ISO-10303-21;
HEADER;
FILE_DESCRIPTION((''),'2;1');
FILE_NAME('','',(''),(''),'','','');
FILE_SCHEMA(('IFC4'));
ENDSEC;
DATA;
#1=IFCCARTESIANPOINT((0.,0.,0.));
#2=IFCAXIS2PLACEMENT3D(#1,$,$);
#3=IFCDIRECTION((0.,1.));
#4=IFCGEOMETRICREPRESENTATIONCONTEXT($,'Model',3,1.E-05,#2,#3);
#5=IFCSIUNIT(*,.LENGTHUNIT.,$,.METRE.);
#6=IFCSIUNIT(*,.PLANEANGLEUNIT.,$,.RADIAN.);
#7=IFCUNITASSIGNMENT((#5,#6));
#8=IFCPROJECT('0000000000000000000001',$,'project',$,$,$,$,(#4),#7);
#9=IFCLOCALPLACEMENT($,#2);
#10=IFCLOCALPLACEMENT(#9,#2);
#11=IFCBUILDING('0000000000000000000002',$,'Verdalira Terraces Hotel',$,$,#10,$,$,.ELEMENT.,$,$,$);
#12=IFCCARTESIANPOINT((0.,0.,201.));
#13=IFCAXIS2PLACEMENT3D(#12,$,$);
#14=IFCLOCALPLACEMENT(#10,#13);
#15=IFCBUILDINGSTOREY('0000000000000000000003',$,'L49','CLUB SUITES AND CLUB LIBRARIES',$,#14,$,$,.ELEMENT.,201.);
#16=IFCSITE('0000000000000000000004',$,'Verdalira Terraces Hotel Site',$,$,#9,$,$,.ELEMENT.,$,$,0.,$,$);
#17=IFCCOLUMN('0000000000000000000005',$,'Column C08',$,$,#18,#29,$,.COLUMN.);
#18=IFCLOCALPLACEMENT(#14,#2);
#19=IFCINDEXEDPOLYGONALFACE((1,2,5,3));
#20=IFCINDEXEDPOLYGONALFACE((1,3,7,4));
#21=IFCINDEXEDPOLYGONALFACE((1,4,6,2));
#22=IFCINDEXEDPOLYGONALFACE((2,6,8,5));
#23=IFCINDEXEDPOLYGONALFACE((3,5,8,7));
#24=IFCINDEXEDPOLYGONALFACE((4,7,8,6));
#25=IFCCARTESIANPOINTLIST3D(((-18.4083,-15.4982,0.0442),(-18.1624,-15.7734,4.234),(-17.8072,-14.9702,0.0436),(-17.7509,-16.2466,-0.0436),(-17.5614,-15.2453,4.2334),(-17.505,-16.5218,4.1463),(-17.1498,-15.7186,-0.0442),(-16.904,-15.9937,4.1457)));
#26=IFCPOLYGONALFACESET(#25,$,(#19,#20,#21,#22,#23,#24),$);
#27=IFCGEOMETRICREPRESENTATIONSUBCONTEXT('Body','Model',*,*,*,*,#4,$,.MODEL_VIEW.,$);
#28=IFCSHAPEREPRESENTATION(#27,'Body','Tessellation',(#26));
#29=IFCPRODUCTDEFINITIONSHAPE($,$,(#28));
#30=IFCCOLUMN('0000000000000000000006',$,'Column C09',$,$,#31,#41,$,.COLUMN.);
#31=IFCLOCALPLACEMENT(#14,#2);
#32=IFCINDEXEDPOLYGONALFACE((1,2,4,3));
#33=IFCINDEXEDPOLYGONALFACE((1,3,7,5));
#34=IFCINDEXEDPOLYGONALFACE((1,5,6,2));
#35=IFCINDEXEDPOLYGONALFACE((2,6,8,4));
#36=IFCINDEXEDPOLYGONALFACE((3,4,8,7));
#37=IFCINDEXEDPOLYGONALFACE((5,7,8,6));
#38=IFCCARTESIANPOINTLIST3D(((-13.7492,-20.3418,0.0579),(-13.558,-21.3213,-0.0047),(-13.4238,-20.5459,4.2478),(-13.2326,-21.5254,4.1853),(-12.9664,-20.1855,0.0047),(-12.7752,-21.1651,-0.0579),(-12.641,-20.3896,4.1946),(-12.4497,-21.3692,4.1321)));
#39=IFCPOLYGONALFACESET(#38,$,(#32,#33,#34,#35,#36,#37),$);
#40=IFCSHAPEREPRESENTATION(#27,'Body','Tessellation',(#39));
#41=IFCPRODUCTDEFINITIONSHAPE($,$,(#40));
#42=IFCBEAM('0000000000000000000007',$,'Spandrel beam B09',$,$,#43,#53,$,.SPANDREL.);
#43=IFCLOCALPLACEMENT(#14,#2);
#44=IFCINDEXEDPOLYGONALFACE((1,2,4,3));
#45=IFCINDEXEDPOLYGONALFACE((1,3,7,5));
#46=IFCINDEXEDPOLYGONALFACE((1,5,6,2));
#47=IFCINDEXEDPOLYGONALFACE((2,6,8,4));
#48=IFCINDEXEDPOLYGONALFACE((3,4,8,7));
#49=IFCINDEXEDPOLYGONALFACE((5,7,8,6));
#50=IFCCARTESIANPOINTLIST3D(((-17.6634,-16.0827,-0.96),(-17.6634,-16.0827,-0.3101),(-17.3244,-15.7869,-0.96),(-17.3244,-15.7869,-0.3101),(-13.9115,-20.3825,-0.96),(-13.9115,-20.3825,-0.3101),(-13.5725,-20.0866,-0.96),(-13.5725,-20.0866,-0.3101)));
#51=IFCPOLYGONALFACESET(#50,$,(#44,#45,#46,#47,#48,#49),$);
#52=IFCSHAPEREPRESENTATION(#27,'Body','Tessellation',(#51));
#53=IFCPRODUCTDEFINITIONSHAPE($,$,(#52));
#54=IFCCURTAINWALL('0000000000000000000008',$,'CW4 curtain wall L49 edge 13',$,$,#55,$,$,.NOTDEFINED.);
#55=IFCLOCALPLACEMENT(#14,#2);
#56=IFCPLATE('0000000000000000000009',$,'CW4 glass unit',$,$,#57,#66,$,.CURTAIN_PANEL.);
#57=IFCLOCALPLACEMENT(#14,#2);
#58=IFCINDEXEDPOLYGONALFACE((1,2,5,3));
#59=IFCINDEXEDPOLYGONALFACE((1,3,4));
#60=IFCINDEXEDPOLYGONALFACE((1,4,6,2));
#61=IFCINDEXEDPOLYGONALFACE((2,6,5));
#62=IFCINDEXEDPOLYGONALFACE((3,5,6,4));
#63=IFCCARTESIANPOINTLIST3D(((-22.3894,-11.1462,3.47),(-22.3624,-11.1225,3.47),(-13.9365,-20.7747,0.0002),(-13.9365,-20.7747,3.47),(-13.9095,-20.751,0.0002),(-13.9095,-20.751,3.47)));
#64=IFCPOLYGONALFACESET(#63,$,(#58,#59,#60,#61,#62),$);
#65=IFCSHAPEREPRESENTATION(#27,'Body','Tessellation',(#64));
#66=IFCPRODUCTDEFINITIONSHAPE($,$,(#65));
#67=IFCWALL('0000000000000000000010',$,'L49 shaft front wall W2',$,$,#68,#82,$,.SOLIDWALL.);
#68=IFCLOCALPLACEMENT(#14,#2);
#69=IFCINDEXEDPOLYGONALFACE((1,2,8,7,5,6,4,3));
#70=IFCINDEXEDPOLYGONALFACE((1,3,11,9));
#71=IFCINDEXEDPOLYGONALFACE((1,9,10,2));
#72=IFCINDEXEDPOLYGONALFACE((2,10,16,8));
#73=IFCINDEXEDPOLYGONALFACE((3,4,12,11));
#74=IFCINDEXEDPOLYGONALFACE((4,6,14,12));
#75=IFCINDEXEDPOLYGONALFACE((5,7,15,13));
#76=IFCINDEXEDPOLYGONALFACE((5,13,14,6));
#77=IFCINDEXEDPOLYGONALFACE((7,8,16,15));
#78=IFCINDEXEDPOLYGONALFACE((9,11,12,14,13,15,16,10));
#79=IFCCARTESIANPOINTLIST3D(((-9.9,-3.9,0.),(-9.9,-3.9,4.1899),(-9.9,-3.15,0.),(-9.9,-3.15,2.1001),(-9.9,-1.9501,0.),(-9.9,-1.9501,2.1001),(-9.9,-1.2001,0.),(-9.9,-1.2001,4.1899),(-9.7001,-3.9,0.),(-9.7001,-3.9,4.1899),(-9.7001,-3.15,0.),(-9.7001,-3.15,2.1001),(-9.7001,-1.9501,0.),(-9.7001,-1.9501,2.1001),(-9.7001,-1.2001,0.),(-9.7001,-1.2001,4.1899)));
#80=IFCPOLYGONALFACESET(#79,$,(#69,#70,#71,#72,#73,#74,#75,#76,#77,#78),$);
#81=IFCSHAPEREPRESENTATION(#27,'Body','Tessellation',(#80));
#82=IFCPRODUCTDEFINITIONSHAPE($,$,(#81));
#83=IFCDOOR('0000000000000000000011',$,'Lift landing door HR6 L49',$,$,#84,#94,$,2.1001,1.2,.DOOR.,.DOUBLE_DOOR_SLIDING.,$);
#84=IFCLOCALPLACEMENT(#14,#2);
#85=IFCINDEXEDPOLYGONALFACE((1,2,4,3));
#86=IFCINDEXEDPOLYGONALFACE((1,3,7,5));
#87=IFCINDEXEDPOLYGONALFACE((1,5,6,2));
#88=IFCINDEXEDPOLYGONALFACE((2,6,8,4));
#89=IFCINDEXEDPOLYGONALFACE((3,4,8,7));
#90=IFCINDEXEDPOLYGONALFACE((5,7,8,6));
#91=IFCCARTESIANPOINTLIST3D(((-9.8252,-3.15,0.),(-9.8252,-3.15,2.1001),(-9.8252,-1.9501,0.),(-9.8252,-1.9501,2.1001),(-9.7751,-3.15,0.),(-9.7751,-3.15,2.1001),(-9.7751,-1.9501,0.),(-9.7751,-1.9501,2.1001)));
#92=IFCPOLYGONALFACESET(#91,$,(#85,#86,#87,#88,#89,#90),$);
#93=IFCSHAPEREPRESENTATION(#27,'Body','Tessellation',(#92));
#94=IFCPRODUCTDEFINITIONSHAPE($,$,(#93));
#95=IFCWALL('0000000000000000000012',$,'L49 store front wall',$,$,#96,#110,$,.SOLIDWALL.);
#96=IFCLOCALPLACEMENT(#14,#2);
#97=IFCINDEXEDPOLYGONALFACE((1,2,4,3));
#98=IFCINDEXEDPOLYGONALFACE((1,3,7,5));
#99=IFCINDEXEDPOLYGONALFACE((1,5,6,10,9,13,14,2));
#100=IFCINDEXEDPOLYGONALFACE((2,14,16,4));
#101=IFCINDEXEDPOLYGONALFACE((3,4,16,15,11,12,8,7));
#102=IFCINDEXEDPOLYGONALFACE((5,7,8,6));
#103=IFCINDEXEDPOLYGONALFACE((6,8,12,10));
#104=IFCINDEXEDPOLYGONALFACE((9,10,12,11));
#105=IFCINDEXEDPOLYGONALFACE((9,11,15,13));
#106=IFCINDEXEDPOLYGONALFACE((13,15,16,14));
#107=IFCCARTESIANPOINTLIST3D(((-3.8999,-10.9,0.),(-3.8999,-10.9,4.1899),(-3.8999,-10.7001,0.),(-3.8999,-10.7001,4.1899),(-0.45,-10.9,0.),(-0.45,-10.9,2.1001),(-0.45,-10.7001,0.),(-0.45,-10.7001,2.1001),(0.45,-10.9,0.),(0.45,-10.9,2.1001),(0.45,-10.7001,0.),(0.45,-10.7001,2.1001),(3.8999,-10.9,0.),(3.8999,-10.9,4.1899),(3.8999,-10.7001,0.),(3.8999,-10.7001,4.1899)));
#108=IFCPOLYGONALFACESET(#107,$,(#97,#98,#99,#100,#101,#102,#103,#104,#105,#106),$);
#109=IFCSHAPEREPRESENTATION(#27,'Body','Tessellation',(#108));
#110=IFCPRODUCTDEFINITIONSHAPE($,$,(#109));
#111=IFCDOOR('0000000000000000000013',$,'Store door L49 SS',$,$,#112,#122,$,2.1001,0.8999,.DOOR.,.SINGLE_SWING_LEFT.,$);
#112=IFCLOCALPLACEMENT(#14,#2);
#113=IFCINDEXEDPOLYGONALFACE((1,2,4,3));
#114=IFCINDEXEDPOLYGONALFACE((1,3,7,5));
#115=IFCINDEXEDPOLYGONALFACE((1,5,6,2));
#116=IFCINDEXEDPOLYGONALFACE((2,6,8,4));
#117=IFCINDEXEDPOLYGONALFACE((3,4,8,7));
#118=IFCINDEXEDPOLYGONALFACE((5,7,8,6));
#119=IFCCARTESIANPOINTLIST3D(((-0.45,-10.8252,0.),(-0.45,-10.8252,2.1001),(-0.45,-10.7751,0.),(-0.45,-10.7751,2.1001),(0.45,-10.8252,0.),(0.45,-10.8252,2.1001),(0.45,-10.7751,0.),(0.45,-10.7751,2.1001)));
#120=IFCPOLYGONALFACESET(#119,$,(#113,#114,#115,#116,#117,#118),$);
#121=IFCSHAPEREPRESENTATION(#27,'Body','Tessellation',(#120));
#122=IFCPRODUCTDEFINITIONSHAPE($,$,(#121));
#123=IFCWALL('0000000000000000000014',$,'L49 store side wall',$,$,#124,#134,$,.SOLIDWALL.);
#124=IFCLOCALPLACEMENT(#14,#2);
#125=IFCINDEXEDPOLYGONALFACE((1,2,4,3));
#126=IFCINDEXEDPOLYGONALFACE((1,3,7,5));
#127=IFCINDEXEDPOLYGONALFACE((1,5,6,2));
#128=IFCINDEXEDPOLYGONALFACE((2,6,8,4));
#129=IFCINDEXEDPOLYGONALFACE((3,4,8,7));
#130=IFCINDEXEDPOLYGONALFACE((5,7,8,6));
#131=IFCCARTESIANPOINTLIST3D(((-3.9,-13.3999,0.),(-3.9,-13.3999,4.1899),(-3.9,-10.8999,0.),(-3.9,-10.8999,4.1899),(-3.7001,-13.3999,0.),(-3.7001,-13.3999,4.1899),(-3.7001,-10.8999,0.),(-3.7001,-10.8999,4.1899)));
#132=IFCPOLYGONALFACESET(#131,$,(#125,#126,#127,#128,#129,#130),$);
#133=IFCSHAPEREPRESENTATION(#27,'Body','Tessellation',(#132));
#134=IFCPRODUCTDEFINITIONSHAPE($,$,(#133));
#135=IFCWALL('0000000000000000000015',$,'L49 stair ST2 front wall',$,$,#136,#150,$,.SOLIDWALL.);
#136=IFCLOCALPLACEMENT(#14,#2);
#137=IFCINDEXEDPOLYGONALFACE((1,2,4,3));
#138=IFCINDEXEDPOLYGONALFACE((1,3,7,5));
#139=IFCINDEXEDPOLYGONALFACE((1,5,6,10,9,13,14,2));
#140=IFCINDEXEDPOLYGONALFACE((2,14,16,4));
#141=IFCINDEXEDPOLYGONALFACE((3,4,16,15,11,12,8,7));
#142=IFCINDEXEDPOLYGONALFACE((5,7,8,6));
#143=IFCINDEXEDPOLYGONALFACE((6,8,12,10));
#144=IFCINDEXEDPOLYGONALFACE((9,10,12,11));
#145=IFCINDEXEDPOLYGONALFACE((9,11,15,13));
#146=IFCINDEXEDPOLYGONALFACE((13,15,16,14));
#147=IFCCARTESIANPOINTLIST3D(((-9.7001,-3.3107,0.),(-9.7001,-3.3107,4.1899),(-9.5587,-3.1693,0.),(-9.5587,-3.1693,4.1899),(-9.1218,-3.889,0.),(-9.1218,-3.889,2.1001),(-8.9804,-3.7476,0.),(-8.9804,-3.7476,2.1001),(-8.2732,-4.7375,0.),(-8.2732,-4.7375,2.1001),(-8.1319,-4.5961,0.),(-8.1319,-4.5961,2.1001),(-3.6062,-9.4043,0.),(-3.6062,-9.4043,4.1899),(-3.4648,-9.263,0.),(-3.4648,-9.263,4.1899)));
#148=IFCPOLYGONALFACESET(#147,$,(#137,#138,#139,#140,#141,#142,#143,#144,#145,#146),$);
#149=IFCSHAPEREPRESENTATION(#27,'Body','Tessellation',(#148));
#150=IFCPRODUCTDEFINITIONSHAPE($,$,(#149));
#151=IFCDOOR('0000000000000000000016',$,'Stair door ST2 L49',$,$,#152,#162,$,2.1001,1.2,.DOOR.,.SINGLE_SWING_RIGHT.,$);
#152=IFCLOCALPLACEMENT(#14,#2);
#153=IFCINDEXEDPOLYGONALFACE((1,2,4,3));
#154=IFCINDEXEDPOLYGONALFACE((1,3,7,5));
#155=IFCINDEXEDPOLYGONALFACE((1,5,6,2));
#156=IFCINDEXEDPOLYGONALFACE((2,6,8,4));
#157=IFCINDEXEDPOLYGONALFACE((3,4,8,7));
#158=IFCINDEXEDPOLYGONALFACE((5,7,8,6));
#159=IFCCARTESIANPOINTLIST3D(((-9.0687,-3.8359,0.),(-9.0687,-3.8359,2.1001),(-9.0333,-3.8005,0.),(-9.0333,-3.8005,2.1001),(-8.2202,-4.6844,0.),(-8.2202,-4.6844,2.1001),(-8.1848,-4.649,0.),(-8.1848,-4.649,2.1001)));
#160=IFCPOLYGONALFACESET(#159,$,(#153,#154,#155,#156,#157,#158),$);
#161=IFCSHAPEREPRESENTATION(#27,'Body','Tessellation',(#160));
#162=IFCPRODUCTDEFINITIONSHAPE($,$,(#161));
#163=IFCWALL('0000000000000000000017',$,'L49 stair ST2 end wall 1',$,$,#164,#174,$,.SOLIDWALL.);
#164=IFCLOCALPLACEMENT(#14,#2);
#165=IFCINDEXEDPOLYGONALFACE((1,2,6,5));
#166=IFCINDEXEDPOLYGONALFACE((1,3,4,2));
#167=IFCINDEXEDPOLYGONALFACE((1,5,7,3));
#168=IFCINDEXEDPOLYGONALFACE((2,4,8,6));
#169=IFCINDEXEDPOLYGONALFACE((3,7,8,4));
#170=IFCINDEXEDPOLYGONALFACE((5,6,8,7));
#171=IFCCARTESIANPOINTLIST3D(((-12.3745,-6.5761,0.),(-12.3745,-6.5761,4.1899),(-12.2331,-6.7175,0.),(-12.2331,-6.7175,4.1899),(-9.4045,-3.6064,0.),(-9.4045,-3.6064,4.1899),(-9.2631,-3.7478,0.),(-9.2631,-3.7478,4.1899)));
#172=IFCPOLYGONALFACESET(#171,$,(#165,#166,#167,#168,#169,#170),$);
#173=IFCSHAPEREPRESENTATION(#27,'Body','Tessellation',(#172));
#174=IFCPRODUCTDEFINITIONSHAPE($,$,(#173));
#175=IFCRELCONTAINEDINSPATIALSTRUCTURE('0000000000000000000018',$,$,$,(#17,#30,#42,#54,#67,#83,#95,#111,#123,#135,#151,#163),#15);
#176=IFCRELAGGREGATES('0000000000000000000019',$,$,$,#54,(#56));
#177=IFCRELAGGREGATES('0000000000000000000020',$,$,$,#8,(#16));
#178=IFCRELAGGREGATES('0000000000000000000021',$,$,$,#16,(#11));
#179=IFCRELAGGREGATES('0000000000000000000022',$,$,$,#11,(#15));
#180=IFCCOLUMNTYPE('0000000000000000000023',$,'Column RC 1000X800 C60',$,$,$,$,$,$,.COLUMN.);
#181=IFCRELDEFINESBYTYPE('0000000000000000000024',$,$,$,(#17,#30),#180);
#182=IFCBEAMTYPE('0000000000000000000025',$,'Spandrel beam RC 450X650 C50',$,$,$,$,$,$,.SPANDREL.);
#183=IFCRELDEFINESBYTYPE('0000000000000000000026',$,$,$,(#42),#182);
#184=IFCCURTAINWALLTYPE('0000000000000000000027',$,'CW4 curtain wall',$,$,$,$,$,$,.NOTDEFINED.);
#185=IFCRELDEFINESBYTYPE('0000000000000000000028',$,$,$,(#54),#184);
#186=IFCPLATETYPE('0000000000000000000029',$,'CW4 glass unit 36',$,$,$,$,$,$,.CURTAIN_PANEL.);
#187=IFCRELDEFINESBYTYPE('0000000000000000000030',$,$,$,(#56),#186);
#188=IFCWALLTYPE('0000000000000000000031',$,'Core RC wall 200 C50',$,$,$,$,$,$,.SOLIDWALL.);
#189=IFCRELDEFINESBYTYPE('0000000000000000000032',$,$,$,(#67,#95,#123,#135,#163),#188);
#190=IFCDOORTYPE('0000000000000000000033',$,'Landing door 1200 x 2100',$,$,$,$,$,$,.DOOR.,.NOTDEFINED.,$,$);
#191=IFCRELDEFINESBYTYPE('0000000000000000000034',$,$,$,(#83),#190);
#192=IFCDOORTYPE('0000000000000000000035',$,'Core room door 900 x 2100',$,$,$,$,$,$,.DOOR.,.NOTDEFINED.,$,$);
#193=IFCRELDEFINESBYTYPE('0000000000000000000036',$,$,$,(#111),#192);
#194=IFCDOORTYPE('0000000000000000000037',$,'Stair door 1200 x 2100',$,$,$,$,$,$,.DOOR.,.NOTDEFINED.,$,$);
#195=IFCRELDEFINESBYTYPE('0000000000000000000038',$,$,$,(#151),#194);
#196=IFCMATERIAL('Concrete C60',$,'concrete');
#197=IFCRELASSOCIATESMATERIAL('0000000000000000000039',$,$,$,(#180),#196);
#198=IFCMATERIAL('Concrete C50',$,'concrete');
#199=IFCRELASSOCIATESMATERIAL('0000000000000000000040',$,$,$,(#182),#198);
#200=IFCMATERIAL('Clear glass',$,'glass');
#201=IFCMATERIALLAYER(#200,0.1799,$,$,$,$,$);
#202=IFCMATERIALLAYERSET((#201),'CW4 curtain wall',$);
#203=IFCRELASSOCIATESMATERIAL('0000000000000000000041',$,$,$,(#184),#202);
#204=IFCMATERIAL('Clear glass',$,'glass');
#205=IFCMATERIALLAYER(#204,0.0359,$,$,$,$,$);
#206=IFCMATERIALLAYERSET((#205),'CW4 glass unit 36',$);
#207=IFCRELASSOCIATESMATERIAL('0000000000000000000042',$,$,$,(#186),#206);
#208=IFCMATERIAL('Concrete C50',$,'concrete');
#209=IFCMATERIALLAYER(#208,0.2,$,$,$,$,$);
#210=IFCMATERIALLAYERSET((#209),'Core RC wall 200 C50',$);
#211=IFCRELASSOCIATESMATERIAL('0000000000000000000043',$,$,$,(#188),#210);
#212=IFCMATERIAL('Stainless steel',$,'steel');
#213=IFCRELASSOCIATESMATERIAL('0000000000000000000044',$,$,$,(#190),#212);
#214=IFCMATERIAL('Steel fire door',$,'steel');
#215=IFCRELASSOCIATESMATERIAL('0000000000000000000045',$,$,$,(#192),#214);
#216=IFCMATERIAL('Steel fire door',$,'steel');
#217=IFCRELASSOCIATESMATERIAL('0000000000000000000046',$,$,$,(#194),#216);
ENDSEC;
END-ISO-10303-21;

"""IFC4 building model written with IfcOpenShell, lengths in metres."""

from ifc_helpers import new_model, si_unit, direction, frame, frame_2d, origin, origin_2d, place, context, subcontext, project, spatial, polyline, rectangle, outline, extrude, material, layer, layer_set, material_profile, profile_set, type_object, element, fill, aggregate, save


model = new_model("IFC4")

# Units and contexts
model_context = context("Model", 3, precision=1e-05, world=origin(), true_north=direction((0.0, 1.0)))
body_context = subcontext(model_context, "Body", "Model", "MODEL_VIEW")
ifc_project = project(units=[si_unit("LENGTHUNIT", "METRE"), si_unit("PLANEANGLEUNIT", "RADIAN")], contexts=[model_context])

# Site, building, storey
site_placement = place(None, origin())
site = spatial("IfcSite", under=ifc_project, at=site_placement, Name="Verdalira Terraces Hotel Site", CompositionType="ELEMENT", RefElevation=0.0)
building_placement = place(site_placement, origin())
building = spatial("IfcBuilding", under=site, at=building_placement, Name="Verdalira Terraces Hotel", CompositionType="ELEMENT")
storey_placement = place(building_placement, frame((0.0, 0.0, 201.0)))
storey = spatial("IfcBuildingStorey", under=building, at=storey_placement, Name="L49", Description="CLUB SUITES AND CLUB LIBRARIES", CompositionType="ELEMENT", Elevation=201.0)

# Columns
ifc_material_1 = material(Name="Concrete C60", Category="concrete")
ifc_material_profile_1 = material_profile(ifc_material_1, rectangle(XDim=1.0, YDim=0.8, at=origin_2d()), Name="RC 1000X800")
ifc_profile_set_1 = profile_set([ifc_material_profile_1], Name="Concrete C60")
column_type = type_object("IfcColumnType", Name="Column RC 1000X800 C60", PredefinedType="COLUMN", material=ifc_profile_set_1)
column_1_placement = place(storey_placement, frame((-17.7791, -15.6084, 0.0), z_axis=(0.05845, -0.065415, 0.996145), x_axis=(0.657428, -0.748394, -0.087721)))
element("IfcColumn", 1, at=column_1_placement, inside=storey, type_object=column_type, Name="Column C08", PredefinedType="COLUMN", context=body_context, shape_type="SweptSolid", body=[
    extrude(rectangle(XDim=1.0, YDim=0.8, at=origin_2d()), origin(), (0.0, 0.0, 1.0), 4.2061),
])
column_2_placement = place(storey_placement, frame((-13.2622, -20.7534, 0.0), z_axis=(0.077347, -0.048509, 0.995823), x_axis=(-0.191233, 0.979548, 0.062569)))
element("IfcColumn", 2, at=column_2_placement, inside=storey, type_object=column_type, Name="Column C09", PredefinedType="COLUMN", context=body_context, shape_type="SweptSolid", body=[
    extrude(rectangle(XDim=1.0, YDim=0.8, at=origin_2d()), origin(), (0.0, 0.0, 1.0), 4.2075),
])

# Beam
ifc_material_2 = material(Name="Concrete C50", Category="concrete")
ifc_material_profile_2 = material_profile(ifc_material_2, rectangle(XDim=0.45, YDim=0.6499, at=origin_2d()), Name="RC 450X650")
ifc_profile_set_2 = profile_set([ifc_material_profile_2], Name="Concrete C50")
beam_type = type_object("IfcBeamType", Name="Spandrel beam RC 450X650 C50", PredefinedType="SPANDREL", material=ifc_profile_set_2)
beam_placement = place(storey_placement, frame((-17.4939, -15.9348, -0.635), z_axis=(0.657474, -0.753477, 0.0), x_axis=(0.753477, 0.657474, 0.0)))
element("IfcBeam", 3, at=beam_placement, inside=storey, type_object=beam_type, Name="Spandrel beam B09", PredefinedType="SPANDREL", context=body_context, shape_type="SweptSolid", body=[
    extrude(rectangle(XDim=0.45, YDim=0.6499, at=origin_2d()), origin(), (0.0, 0.0, 1.0), 5.7065),
])

# Curtain wall, plate
ifc_material_3 = material(Name="Clear glass", Category="glass")
ifc_layer_1 = layer(ifc_material_3, 0.1799)
ifc_layer_set_1 = layer_set([ifc_layer_1], Name="CW4 curtain wall")
curtain_wall_type = type_object("IfcCurtainWallType", Name="CW4 curtain wall", PredefinedType="NOTDEFINED", material=ifc_layer_set_1)
curtain_wall_placement = place(storey_placement, origin())
curtain_wall = element("IfcCurtainWall", 4, at=curtain_wall_placement, inside=storey, type_object=curtain_wall_type, Name="CW4 curtain wall L49 edge 13", PredefinedType="NOTDEFINED")
ifc_material_4 = material(Name="Clear glass", Category="glass")
ifc_layer_2 = layer(ifc_material_4, 0.0359)
ifc_layer_set_2 = layer_set([ifc_layer_2], Name="CW4 glass unit 36")
plate_type = type_object("IfcPlateType", Name="CW4 glass unit 36", PredefinedType="CURTAIN_PANEL", material=ifc_layer_set_2)
plate_placement = place(storey_placement, frame((-18.136, -15.9368, 1.7351), z_axis=(-0.751494, -0.659739, 0.0), x_axis=(0.659739, -0.751494, 0.0)))
plate = element("IfcPlate", 5, at=plate_placement, type_object=plate_type, Name="CW4 glass unit", PredefinedType="CURTAIN_PANEL", context=body_context, shape_type="SweptSolid", body=[
    extrude(outline(polyline([(6.4062, -1.7349), (6.4062, 1.7349), (-6.4062, 1.7349), (6.4062, -1.7349)])), origin(), (0.0, 0.0, 1.0), 0.0359),
])
aggregate(curtain_wall, [plate])

# Walls, openings, doors
ifc_material_5 = material(Name="Concrete C50", Category="concrete")
ifc_layer_3 = layer(ifc_material_5, 0.2)
ifc_layer_set_3 = layer_set([ifc_layer_3], Name="Core RC wall 200 C50")
wall_type_1 = type_object("IfcWallType", Name="Core RC wall 200 C50", PredefinedType="SOLIDWALL", material=ifc_layer_set_3)
wall_1_placement = place(storey_placement, frame((-9.8, -1.2, 0.0), z_axis=(0.0, 0.0, 1.0), x_axis=(0.0, -1.0, 0.0)))
wall_1 = element("IfcWall", 6, at=wall_1_placement, inside=storey, type_object=wall_type_1, Name="L49 shaft front wall W2", PredefinedType="SOLIDWALL", context=body_context, shape_type="SweptSolid", body=[
    extrude(rectangle(XDim=2.7, YDim=0.2, at=frame_2d((1.3501, 0.0))), origin(), (0.0, 0.0, 1.0), 4.1899),
])
opening_1_placement = place(wall_1_placement, frame((0.75, 0.0, 0.0)))
opening_1 = element("IfcOpeningElement", 7, at=opening_1_placement, cuts=wall_1, PredefinedType="OPENING", context=body_context, shape_type="SweptSolid", body=[
    extrude(rectangle(XDim=1.2, YDim=2.1001, at=frame_2d((0.6001, 1.05))), frame((0.0, 0.1099, 0.0), z_axis=(0.0, -1.0, 0.0), x_axis=(1.0, 0.0, 0.0)), (0.0, 0.0, 1.0), 0.22),
])
ifc_material_6 = material(Name="Stainless steel", Category="steel")
door_type_1 = type_object("IfcDoorType", Name="Landing door 1200 x 2100", OperationType="NOTDEFINED", PredefinedType="DOOR", material=ifc_material_6)
door_1_placement = place(opening_1_placement, origin())
door_1 = element("IfcDoor", 8, at=door_1_placement, inside=storey, type_object=door_type_1, Name="Lift landing door HR6 L49", OperationType="DOUBLE_DOOR_SLIDING", OverallHeight=2.1001, OverallWidth=1.2, PredefinedType="DOOR", context=body_context, shape_type="SweptSolid", body=[
    extrude(rectangle(XDim=1.2, YDim=2.1001, at=frame_2d((0.6001, 1.05))), frame((0.0, 0.0249, 0.0), z_axis=(0.0, -1.0, 0.0), x_axis=(1.0, 0.0, 0.0)), (0.0, 0.0, 1.0), 0.05),
])
fill(opening_1, door_1)
wall_2_placement = place(storey_placement, frame((-3.8999, -10.8, 0.0), z_axis=(0.0, 0.0, 1.0), x_axis=(1.0, 0.0, 0.0)))
wall_2 = element("IfcWall", 9, at=wall_2_placement, inside=storey, type_object=wall_type_1, Name="L49 store front wall", PredefinedType="SOLIDWALL", context=body_context, shape_type="SweptSolid", body=[
    extrude(rectangle(XDim=7.7998, YDim=0.2, at=frame_2d((3.8999, 0.0))), origin(), (0.0, 0.0, 1.0), 4.1899),
])
opening_2_placement = place(wall_2_placement, frame((3.45, 0.0, 0.0)))
opening_2 = element("IfcOpeningElement", 10, at=opening_2_placement, cuts=wall_2, PredefinedType="OPENING", context=body_context, shape_type="SweptSolid", body=[
    extrude(rectangle(XDim=0.8999, YDim=2.1001, at=frame_2d((0.45, 1.05))), frame((0.0, 0.1099, 0.0), z_axis=(0.0, -1.0, 0.0), x_axis=(1.0, 0.0, 0.0)), (0.0, 0.0, 1.0), 0.22),
])
ifc_material_7 = material(Name="Steel fire door", Category="steel")
door_type_2 = type_object("IfcDoorType", Name="Core room door 900 x 2100", OperationType="NOTDEFINED", PredefinedType="DOOR", material=ifc_material_7)
door_2_placement = place(opening_2_placement, origin())
door_2 = element("IfcDoor", 11, at=door_2_placement, inside=storey, type_object=door_type_2, Name="Store door L49 SS", OperationType="SINGLE_SWING_LEFT", OverallHeight=2.1001, OverallWidth=0.8999, PredefinedType="DOOR", context=body_context, shape_type="SweptSolid", body=[
    extrude(rectangle(XDim=0.8999, YDim=2.1001, at=frame_2d((0.45, 1.05))), frame((0.0, 0.0249, 0.0), z_axis=(0.0, -1.0, 0.0), x_axis=(1.0, 0.0, 0.0)), (0.0, 0.0, 1.0), 0.05),
])
fill(opening_2, door_2)

# Wall
wall_3_placement = place(storey_placement, frame((-3.8, -10.8999, 0.0), z_axis=(0.0, 0.0, 1.0), x_axis=(0.0, -1.0, 0.0)))
element("IfcWall", 12, at=wall_3_placement, inside=storey, type_object=wall_type_1, Name="L49 store side wall", PredefinedType="SOLIDWALL", context=body_context, shape_type="SweptSolid", body=[
    extrude(rectangle(XDim=2.5, YDim=0.2, at=frame_2d((1.25, 0.0))), origin(), (0.0, 0.0, 1.0), 4.1899),
])

# Wall, opening, door
wall_4_placement = place(storey_placement, frame((-3.5354, -9.3337, 0.0), z_axis=(0.0, 0.0, 1.0), x_axis=(-0.707121, 0.707093, 0.0)))
wall_4 = element("IfcWall", 13, at=wall_4_placement, inside=storey, type_object=wall_type_1, Name="L49 stair ST2 front wall", PredefinedType="SOLIDWALL", context=body_context, shape_type="SweptSolid", body=[
    extrude(rectangle(XDim=8.6179, YDim=0.2, at=frame_2d((4.3091, 0.0))), origin(), (0.0, 0.0, 1.0), 4.1899),
])
opening_3_placement = place(wall_4_placement, frame((6.6001, 0.0, 0.0)))
opening_3 = element("IfcOpeningElement", 14, at=opening_3_placement, cuts=wall_4, PredefinedType="OPENING", context=body_context, shape_type="SweptSolid", body=[
    extrude(rectangle(XDim=1.2, YDim=2.1001, at=frame_2d((0.6001, 1.05))), frame((0.0, 0.1099, 0.0), z_axis=(0.0, -1.0, 0.0), x_axis=(1.0, 0.0, 0.0)), (0.0, 0.0, 1.0), 0.22),
])
ifc_material_8 = material(Name="Steel fire door", Category="steel")
door_type_3 = type_object("IfcDoorType", Name="Stair door 1200 x 2100", OperationType="NOTDEFINED", PredefinedType="DOOR", material=ifc_material_8)
door_3_placement = place(opening_3_placement, origin())
door_3 = element("IfcDoor", 15, at=door_3_placement, inside=storey, type_object=door_type_3, Name="Stair door ST2 L49", OperationType="SINGLE_SWING_RIGHT", OverallHeight=2.1001, OverallWidth=1.2, PredefinedType="DOOR", context=body_context, shape_type="SweptSolid", body=[
    extrude(rectangle(XDim=1.2, YDim=2.1001, at=frame_2d((0.6001, 1.05))), frame((0.0, 0.0249, 0.0), z_axis=(0.0, -1.0, 0.0), x_axis=(1.0, 0.0, 0.0)), (0.0, 0.0, 1.0), 0.05),
])
fill(opening_3, door_3)

# Wall
for number, where, z_axis, x_axis, name in (
    (16, (-9.3337, -3.677, 0.0), (0.0, 0.0, 1.0), (-0.707136, -0.707078, 0.0), "L49 stair ST2 end wall 1"),
):
    element("IfcWall", number, at=place(storey_placement, frame(where, z_axis=z_axis, x_axis=x_axis)), inside=storey, type_object=wall_type_1, Name=name, PredefinedType="SOLIDWALL", context=body_context, shape_type="SweptSolid", body=[
        extrude(rectangle(XDim=4.2, YDim=0.2, at=frame_2d((2.1001, 0.0))), origin(), (0.0, 0.0, 1.0), 4.1899),
    ])

save(model, "model.ifc")
